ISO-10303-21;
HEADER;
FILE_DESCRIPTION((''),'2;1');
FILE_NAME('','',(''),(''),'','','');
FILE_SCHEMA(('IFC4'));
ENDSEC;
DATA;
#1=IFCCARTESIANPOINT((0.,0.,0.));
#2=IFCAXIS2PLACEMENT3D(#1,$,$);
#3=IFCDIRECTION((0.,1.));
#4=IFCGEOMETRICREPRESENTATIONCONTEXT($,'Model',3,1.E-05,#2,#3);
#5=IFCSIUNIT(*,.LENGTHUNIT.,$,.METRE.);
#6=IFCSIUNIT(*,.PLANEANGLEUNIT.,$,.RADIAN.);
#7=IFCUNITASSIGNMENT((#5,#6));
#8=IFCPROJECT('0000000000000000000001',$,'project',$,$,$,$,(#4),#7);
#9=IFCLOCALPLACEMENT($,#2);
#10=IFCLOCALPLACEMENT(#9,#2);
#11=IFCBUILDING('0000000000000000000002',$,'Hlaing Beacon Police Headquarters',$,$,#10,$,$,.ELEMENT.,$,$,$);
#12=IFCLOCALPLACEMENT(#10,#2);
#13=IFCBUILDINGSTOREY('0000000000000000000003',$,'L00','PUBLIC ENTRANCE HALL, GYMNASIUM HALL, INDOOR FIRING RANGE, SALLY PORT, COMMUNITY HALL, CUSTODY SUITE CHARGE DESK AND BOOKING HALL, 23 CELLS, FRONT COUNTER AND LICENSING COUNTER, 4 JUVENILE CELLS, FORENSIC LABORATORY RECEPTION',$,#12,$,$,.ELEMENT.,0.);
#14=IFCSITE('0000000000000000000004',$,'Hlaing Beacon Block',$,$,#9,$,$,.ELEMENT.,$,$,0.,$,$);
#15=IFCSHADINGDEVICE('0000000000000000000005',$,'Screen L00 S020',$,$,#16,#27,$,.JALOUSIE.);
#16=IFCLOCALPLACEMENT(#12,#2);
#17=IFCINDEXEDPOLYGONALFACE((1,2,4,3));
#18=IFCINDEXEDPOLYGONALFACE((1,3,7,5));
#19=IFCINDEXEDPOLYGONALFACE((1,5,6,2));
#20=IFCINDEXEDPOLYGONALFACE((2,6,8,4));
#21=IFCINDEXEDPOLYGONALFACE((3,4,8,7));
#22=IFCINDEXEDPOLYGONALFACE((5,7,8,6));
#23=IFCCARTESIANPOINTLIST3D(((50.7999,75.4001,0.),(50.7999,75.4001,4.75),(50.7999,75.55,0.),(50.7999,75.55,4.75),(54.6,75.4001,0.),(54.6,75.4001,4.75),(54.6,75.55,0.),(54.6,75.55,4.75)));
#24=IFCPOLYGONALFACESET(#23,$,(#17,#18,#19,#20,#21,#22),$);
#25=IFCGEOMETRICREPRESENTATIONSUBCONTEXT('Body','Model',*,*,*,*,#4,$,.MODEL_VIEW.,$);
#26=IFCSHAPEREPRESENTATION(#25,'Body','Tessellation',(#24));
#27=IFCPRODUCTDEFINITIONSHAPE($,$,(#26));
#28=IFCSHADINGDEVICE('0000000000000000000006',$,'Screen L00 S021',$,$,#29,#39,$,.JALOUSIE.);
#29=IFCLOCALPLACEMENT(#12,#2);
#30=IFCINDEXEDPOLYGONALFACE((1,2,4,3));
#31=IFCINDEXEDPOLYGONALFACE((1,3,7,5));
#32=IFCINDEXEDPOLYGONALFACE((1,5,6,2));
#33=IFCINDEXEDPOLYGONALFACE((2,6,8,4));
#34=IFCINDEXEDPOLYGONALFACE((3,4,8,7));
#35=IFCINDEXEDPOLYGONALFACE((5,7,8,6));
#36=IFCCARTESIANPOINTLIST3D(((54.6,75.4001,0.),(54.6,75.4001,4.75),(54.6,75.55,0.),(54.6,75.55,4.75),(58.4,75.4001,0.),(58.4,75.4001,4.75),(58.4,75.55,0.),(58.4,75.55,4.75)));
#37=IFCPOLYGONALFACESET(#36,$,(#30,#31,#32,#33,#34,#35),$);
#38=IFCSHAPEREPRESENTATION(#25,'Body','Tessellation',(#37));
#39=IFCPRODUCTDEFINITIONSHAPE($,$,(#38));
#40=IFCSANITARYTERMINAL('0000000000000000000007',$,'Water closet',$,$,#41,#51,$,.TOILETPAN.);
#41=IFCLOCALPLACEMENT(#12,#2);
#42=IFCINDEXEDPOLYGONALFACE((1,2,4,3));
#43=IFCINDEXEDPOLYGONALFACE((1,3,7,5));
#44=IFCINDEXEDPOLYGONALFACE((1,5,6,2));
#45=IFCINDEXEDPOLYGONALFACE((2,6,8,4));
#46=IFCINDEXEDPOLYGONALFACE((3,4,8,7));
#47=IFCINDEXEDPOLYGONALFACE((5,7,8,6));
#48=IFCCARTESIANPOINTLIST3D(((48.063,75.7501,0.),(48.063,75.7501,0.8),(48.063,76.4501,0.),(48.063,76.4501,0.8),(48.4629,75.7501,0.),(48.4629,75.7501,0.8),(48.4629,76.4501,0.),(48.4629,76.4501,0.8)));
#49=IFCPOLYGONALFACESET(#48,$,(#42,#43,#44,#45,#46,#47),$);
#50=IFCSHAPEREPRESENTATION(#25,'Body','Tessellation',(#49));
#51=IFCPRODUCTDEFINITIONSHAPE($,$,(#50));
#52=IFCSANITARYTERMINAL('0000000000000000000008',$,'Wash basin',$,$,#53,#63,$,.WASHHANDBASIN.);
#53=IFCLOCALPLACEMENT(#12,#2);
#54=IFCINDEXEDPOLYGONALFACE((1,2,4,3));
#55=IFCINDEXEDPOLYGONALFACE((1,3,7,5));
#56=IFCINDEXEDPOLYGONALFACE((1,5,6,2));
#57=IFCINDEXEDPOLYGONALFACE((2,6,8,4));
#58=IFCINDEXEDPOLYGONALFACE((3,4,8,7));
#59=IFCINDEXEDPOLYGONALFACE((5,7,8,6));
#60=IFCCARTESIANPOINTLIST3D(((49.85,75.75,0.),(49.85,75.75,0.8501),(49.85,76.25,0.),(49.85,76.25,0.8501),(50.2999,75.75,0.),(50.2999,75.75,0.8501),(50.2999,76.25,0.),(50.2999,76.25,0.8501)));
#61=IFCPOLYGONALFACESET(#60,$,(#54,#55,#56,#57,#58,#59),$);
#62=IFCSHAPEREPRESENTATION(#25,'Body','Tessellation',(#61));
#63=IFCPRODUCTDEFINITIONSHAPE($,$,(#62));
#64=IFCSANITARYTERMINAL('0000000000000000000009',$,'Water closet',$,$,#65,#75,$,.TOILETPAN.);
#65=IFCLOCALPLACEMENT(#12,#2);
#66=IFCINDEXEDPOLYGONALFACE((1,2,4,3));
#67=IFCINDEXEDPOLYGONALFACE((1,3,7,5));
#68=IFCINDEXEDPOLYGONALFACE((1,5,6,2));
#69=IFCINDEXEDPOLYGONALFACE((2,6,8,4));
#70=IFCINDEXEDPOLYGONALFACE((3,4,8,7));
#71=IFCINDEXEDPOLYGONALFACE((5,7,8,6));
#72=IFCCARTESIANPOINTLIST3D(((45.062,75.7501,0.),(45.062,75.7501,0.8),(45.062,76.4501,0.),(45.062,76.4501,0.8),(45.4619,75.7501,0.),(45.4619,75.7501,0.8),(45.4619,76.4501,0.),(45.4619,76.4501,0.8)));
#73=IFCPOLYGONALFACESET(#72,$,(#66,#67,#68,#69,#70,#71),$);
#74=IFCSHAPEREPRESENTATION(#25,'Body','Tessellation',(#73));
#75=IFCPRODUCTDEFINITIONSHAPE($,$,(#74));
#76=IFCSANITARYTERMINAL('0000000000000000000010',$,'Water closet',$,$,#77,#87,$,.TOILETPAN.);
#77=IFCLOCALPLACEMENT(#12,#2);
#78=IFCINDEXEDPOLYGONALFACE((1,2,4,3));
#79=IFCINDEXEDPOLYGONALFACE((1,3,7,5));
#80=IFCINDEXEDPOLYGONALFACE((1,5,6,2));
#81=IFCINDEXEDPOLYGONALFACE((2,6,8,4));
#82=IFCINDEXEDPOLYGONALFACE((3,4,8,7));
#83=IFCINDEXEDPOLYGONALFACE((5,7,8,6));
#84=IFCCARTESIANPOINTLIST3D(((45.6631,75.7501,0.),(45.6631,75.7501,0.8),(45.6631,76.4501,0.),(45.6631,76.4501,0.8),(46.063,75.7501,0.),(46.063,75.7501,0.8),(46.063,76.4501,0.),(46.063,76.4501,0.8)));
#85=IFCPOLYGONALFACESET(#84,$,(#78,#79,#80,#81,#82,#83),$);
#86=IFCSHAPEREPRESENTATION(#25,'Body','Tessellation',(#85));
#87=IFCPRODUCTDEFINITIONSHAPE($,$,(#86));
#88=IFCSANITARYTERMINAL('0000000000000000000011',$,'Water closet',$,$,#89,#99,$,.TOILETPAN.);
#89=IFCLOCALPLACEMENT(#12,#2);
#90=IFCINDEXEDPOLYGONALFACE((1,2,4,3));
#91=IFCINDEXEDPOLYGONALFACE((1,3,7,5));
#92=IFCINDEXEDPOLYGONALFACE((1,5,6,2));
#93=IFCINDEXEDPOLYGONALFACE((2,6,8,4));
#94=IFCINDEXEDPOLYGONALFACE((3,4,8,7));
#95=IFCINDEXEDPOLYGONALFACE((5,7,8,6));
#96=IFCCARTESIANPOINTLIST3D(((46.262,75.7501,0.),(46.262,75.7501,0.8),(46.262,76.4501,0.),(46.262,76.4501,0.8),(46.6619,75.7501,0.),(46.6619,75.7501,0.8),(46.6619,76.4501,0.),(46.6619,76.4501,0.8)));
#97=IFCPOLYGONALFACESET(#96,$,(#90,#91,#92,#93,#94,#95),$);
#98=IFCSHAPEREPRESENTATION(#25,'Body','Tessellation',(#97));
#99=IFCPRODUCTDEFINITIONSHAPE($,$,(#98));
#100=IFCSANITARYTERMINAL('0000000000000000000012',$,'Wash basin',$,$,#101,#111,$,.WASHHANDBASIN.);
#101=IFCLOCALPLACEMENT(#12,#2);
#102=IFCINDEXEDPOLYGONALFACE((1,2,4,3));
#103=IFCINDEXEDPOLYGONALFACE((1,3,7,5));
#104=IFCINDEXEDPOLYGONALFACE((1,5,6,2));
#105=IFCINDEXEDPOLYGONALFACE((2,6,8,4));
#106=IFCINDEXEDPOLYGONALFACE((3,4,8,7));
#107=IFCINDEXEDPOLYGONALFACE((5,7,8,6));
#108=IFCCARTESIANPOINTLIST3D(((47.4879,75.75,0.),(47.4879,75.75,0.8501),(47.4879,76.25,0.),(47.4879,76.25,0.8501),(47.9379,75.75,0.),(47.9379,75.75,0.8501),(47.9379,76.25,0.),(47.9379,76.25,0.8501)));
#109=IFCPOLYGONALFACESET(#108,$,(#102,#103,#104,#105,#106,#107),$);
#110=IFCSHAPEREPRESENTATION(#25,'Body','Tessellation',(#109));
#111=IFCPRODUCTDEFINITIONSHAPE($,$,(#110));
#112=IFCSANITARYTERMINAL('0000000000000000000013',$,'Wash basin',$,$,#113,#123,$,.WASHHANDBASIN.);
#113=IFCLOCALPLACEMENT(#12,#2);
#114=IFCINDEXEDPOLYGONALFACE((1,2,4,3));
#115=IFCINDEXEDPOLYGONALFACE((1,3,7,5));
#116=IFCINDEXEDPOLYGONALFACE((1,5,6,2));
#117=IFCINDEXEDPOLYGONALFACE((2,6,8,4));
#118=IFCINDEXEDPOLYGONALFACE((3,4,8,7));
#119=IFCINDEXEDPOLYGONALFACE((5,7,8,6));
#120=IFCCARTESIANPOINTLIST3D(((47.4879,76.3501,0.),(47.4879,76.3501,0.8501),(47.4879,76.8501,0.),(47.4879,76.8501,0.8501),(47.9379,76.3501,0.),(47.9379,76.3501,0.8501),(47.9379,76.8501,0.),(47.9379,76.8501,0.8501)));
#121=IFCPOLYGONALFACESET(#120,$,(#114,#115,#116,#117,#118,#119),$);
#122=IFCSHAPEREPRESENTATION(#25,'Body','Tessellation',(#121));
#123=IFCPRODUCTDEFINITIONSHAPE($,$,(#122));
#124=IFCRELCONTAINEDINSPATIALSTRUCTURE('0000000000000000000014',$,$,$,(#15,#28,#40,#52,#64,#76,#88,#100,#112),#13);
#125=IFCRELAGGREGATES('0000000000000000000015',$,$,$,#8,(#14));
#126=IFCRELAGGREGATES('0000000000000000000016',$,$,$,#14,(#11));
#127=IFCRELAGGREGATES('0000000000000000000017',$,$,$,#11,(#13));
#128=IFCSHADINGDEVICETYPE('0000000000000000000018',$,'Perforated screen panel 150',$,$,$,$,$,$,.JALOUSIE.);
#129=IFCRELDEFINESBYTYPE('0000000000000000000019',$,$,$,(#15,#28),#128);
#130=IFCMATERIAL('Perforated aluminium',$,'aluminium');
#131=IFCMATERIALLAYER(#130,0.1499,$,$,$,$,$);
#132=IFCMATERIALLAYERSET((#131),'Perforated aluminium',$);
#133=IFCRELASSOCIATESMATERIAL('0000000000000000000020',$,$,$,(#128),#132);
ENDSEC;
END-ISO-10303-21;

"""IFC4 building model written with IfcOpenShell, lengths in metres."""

from ifc_helpers import new_model, si_unit, direction, frame, origin, origin_2d, place, context, subcontext, project, spatial, rectangle, extrude, material, layer, layer_set, type_object, element, save


model = new_model("IFC4")

# Units and contexts
model_context = context("Model", 3, precision=1e-05, world=origin(), true_north=direction((0.0, 1.0)))
body_context = subcontext(model_context, "Body", "Model", "MODEL_VIEW")
ifc_project = project(units=[si_unit("LENGTHUNIT", "METRE"), si_unit("PLANEANGLEUNIT", "RADIAN")], contexts=[model_context])

# Site, building, storey
site_placement = place(None, origin())
site = spatial("IfcSite", under=ifc_project, at=site_placement, Name="Hlaing Beacon Block", CompositionType="ELEMENT", RefElevation=0.0)
building_placement = place(site_placement, origin())
building = spatial("IfcBuilding", under=site, at=building_placement, Name="Hlaing Beacon Police Headquarters", CompositionType="ELEMENT")
storey_placement = place(building_placement, origin())
storey = spatial("IfcBuildingStorey", under=building, at=storey_placement, Name="L00", Description="PUBLIC ENTRANCE HALL, GYMNASIUM HALL, INDOOR FIRING RANGE, SALLY PORT, COMMUNITY HALL, CUSTODY SUITE CHARGE DESK AND BOOKING HALL, 23 CELLS, FRONT COUNTER AND LICENSING COUNTER, 4 JUVENILE CELLS, FORENSIC LABORATORY RECEPTION", CompositionType="ELEMENT", Elevation=0.0)

# Shading devices
ifc_material_1 = material(Name="Perforated aluminium", Category="aluminium")
ifc_layer_1 = layer(ifc_material_1, 0.1499)
ifc_layer_set_1 = layer_set([ifc_layer_1], Name="Perforated aluminium")
shading_device_type = type_object("IfcShadingDeviceType", Name="Perforated screen panel 150", PredefinedType="JALOUSIE", material=ifc_layer_set_1)
for number, where, z_axis, x_axis, name in (
    (1, (52.7, 75.4751, 0.0), (0.0, 0.0, 1.0), (1.0, 0.0, 0.0), "Screen L00 S020"),
    (2, (56.5, 75.4751, 0.0), (0.0, 0.0, 1.0), (1.0, 0.0, 0.0), "Screen L00 S021"),
):
    element("IfcShadingDevice", number, at=place(storey_placement, frame(where, z_axis=z_axis, x_axis=x_axis)), inside=storey, type_object=shading_device_type, Name=name, PredefinedType="JALOUSIE", context=body_context, shape_type="SweptSolid", body=[
        extrude(rectangle(XDim=3.8, YDim=0.1499, at=origin_2d()), origin(), (0.0, 0.0, 1.0), 4.75),
    ])

# Sanitary terminals
sanitary_terminal_1_placement = place(storey_placement, frame((48.2629, 76.1001, 0.0), z_axis=(0.0, 0.0, 1.0), x_axis=(1.0, 0.0, 0.0)))
element("IfcSanitaryTerminal", 3, at=sanitary_terminal_1_placement, inside=storey, Name="Water closet", PredefinedType="TOILETPAN", context=body_context, shape_type="SweptSolid", body=[
    extrude(rectangle(XDim=0.3999, YDim=0.7, at=origin_2d()), origin(), (0.0, 0.0, 1.0), 0.8),
])
sanitary_terminal_2_placement = place(storey_placement, frame((50.075, 76.0, 0.0), z_axis=(0.0, 0.0, 1.0), x_axis=(1.0, 0.0, 0.0)))
element("IfcSanitaryTerminal", 4, at=sanitary_terminal_2_placement, inside=storey, Name="Wash basin", PredefinedType="WASHHANDBASIN", context=body_context, shape_type="SweptSolid", body=[
    extrude(rectangle(XDim=0.45, YDim=0.5, at=origin_2d()), origin(), (0.0, 0.0, 1.0), 0.8501),
])
for number, where, z_axis, x_axis, name in (
    (5, (45.262, 76.1001, 0.0), (0.0, 0.0, 1.0), (1.0, 0.0, 0.0), "Water closet"),
    (6, (45.863, 76.1001, 0.0), (0.0, 0.0, 1.0), (1.0, 0.0, 0.0), "Water closet"),
    (7, (46.4619, 76.1001, 0.0), (0.0, 0.0, 1.0), (1.0, 0.0, 0.0), "Water closet"),
):
    element("IfcSanitaryTerminal", number, at=place(storey_placement, frame(where, z_axis=z_axis, x_axis=x_axis)), inside=storey, Name=name, PredefinedType="TOILETPAN", context=body_context, shape_type="SweptSolid", body=[
        extrude(rectangle(XDim=0.3999, YDim=0.7, at=origin_2d()), origin(), (0.0, 0.0, 1.0), 0.8),
    ])
for number, where, z_axis, x_axis, name in (
    (8, (47.7129, 76.0, 0.0), (0.0, 0.0, 1.0), (1.0, 0.0, 0.0), "Wash basin"),
    (9, (47.7129, 76.6001, 0.0), (0.0, 0.0, 1.0), (1.0, 0.0, 0.0), "Wash basin"),
):
    element("IfcSanitaryTerminal", number, at=place(storey_placement, frame(where, z_axis=z_axis, x_axis=x_axis)), inside=storey, Name=name, PredefinedType="WASHHANDBASIN", context=body_context, shape_type="SweptSolid", body=[
        extrude(rectangle(XDim=0.45, YDim=0.5, at=origin_2d()), origin(), (0.0, 0.0, 1.0), 0.8501),
    ])

save(model, "model.ifc")
